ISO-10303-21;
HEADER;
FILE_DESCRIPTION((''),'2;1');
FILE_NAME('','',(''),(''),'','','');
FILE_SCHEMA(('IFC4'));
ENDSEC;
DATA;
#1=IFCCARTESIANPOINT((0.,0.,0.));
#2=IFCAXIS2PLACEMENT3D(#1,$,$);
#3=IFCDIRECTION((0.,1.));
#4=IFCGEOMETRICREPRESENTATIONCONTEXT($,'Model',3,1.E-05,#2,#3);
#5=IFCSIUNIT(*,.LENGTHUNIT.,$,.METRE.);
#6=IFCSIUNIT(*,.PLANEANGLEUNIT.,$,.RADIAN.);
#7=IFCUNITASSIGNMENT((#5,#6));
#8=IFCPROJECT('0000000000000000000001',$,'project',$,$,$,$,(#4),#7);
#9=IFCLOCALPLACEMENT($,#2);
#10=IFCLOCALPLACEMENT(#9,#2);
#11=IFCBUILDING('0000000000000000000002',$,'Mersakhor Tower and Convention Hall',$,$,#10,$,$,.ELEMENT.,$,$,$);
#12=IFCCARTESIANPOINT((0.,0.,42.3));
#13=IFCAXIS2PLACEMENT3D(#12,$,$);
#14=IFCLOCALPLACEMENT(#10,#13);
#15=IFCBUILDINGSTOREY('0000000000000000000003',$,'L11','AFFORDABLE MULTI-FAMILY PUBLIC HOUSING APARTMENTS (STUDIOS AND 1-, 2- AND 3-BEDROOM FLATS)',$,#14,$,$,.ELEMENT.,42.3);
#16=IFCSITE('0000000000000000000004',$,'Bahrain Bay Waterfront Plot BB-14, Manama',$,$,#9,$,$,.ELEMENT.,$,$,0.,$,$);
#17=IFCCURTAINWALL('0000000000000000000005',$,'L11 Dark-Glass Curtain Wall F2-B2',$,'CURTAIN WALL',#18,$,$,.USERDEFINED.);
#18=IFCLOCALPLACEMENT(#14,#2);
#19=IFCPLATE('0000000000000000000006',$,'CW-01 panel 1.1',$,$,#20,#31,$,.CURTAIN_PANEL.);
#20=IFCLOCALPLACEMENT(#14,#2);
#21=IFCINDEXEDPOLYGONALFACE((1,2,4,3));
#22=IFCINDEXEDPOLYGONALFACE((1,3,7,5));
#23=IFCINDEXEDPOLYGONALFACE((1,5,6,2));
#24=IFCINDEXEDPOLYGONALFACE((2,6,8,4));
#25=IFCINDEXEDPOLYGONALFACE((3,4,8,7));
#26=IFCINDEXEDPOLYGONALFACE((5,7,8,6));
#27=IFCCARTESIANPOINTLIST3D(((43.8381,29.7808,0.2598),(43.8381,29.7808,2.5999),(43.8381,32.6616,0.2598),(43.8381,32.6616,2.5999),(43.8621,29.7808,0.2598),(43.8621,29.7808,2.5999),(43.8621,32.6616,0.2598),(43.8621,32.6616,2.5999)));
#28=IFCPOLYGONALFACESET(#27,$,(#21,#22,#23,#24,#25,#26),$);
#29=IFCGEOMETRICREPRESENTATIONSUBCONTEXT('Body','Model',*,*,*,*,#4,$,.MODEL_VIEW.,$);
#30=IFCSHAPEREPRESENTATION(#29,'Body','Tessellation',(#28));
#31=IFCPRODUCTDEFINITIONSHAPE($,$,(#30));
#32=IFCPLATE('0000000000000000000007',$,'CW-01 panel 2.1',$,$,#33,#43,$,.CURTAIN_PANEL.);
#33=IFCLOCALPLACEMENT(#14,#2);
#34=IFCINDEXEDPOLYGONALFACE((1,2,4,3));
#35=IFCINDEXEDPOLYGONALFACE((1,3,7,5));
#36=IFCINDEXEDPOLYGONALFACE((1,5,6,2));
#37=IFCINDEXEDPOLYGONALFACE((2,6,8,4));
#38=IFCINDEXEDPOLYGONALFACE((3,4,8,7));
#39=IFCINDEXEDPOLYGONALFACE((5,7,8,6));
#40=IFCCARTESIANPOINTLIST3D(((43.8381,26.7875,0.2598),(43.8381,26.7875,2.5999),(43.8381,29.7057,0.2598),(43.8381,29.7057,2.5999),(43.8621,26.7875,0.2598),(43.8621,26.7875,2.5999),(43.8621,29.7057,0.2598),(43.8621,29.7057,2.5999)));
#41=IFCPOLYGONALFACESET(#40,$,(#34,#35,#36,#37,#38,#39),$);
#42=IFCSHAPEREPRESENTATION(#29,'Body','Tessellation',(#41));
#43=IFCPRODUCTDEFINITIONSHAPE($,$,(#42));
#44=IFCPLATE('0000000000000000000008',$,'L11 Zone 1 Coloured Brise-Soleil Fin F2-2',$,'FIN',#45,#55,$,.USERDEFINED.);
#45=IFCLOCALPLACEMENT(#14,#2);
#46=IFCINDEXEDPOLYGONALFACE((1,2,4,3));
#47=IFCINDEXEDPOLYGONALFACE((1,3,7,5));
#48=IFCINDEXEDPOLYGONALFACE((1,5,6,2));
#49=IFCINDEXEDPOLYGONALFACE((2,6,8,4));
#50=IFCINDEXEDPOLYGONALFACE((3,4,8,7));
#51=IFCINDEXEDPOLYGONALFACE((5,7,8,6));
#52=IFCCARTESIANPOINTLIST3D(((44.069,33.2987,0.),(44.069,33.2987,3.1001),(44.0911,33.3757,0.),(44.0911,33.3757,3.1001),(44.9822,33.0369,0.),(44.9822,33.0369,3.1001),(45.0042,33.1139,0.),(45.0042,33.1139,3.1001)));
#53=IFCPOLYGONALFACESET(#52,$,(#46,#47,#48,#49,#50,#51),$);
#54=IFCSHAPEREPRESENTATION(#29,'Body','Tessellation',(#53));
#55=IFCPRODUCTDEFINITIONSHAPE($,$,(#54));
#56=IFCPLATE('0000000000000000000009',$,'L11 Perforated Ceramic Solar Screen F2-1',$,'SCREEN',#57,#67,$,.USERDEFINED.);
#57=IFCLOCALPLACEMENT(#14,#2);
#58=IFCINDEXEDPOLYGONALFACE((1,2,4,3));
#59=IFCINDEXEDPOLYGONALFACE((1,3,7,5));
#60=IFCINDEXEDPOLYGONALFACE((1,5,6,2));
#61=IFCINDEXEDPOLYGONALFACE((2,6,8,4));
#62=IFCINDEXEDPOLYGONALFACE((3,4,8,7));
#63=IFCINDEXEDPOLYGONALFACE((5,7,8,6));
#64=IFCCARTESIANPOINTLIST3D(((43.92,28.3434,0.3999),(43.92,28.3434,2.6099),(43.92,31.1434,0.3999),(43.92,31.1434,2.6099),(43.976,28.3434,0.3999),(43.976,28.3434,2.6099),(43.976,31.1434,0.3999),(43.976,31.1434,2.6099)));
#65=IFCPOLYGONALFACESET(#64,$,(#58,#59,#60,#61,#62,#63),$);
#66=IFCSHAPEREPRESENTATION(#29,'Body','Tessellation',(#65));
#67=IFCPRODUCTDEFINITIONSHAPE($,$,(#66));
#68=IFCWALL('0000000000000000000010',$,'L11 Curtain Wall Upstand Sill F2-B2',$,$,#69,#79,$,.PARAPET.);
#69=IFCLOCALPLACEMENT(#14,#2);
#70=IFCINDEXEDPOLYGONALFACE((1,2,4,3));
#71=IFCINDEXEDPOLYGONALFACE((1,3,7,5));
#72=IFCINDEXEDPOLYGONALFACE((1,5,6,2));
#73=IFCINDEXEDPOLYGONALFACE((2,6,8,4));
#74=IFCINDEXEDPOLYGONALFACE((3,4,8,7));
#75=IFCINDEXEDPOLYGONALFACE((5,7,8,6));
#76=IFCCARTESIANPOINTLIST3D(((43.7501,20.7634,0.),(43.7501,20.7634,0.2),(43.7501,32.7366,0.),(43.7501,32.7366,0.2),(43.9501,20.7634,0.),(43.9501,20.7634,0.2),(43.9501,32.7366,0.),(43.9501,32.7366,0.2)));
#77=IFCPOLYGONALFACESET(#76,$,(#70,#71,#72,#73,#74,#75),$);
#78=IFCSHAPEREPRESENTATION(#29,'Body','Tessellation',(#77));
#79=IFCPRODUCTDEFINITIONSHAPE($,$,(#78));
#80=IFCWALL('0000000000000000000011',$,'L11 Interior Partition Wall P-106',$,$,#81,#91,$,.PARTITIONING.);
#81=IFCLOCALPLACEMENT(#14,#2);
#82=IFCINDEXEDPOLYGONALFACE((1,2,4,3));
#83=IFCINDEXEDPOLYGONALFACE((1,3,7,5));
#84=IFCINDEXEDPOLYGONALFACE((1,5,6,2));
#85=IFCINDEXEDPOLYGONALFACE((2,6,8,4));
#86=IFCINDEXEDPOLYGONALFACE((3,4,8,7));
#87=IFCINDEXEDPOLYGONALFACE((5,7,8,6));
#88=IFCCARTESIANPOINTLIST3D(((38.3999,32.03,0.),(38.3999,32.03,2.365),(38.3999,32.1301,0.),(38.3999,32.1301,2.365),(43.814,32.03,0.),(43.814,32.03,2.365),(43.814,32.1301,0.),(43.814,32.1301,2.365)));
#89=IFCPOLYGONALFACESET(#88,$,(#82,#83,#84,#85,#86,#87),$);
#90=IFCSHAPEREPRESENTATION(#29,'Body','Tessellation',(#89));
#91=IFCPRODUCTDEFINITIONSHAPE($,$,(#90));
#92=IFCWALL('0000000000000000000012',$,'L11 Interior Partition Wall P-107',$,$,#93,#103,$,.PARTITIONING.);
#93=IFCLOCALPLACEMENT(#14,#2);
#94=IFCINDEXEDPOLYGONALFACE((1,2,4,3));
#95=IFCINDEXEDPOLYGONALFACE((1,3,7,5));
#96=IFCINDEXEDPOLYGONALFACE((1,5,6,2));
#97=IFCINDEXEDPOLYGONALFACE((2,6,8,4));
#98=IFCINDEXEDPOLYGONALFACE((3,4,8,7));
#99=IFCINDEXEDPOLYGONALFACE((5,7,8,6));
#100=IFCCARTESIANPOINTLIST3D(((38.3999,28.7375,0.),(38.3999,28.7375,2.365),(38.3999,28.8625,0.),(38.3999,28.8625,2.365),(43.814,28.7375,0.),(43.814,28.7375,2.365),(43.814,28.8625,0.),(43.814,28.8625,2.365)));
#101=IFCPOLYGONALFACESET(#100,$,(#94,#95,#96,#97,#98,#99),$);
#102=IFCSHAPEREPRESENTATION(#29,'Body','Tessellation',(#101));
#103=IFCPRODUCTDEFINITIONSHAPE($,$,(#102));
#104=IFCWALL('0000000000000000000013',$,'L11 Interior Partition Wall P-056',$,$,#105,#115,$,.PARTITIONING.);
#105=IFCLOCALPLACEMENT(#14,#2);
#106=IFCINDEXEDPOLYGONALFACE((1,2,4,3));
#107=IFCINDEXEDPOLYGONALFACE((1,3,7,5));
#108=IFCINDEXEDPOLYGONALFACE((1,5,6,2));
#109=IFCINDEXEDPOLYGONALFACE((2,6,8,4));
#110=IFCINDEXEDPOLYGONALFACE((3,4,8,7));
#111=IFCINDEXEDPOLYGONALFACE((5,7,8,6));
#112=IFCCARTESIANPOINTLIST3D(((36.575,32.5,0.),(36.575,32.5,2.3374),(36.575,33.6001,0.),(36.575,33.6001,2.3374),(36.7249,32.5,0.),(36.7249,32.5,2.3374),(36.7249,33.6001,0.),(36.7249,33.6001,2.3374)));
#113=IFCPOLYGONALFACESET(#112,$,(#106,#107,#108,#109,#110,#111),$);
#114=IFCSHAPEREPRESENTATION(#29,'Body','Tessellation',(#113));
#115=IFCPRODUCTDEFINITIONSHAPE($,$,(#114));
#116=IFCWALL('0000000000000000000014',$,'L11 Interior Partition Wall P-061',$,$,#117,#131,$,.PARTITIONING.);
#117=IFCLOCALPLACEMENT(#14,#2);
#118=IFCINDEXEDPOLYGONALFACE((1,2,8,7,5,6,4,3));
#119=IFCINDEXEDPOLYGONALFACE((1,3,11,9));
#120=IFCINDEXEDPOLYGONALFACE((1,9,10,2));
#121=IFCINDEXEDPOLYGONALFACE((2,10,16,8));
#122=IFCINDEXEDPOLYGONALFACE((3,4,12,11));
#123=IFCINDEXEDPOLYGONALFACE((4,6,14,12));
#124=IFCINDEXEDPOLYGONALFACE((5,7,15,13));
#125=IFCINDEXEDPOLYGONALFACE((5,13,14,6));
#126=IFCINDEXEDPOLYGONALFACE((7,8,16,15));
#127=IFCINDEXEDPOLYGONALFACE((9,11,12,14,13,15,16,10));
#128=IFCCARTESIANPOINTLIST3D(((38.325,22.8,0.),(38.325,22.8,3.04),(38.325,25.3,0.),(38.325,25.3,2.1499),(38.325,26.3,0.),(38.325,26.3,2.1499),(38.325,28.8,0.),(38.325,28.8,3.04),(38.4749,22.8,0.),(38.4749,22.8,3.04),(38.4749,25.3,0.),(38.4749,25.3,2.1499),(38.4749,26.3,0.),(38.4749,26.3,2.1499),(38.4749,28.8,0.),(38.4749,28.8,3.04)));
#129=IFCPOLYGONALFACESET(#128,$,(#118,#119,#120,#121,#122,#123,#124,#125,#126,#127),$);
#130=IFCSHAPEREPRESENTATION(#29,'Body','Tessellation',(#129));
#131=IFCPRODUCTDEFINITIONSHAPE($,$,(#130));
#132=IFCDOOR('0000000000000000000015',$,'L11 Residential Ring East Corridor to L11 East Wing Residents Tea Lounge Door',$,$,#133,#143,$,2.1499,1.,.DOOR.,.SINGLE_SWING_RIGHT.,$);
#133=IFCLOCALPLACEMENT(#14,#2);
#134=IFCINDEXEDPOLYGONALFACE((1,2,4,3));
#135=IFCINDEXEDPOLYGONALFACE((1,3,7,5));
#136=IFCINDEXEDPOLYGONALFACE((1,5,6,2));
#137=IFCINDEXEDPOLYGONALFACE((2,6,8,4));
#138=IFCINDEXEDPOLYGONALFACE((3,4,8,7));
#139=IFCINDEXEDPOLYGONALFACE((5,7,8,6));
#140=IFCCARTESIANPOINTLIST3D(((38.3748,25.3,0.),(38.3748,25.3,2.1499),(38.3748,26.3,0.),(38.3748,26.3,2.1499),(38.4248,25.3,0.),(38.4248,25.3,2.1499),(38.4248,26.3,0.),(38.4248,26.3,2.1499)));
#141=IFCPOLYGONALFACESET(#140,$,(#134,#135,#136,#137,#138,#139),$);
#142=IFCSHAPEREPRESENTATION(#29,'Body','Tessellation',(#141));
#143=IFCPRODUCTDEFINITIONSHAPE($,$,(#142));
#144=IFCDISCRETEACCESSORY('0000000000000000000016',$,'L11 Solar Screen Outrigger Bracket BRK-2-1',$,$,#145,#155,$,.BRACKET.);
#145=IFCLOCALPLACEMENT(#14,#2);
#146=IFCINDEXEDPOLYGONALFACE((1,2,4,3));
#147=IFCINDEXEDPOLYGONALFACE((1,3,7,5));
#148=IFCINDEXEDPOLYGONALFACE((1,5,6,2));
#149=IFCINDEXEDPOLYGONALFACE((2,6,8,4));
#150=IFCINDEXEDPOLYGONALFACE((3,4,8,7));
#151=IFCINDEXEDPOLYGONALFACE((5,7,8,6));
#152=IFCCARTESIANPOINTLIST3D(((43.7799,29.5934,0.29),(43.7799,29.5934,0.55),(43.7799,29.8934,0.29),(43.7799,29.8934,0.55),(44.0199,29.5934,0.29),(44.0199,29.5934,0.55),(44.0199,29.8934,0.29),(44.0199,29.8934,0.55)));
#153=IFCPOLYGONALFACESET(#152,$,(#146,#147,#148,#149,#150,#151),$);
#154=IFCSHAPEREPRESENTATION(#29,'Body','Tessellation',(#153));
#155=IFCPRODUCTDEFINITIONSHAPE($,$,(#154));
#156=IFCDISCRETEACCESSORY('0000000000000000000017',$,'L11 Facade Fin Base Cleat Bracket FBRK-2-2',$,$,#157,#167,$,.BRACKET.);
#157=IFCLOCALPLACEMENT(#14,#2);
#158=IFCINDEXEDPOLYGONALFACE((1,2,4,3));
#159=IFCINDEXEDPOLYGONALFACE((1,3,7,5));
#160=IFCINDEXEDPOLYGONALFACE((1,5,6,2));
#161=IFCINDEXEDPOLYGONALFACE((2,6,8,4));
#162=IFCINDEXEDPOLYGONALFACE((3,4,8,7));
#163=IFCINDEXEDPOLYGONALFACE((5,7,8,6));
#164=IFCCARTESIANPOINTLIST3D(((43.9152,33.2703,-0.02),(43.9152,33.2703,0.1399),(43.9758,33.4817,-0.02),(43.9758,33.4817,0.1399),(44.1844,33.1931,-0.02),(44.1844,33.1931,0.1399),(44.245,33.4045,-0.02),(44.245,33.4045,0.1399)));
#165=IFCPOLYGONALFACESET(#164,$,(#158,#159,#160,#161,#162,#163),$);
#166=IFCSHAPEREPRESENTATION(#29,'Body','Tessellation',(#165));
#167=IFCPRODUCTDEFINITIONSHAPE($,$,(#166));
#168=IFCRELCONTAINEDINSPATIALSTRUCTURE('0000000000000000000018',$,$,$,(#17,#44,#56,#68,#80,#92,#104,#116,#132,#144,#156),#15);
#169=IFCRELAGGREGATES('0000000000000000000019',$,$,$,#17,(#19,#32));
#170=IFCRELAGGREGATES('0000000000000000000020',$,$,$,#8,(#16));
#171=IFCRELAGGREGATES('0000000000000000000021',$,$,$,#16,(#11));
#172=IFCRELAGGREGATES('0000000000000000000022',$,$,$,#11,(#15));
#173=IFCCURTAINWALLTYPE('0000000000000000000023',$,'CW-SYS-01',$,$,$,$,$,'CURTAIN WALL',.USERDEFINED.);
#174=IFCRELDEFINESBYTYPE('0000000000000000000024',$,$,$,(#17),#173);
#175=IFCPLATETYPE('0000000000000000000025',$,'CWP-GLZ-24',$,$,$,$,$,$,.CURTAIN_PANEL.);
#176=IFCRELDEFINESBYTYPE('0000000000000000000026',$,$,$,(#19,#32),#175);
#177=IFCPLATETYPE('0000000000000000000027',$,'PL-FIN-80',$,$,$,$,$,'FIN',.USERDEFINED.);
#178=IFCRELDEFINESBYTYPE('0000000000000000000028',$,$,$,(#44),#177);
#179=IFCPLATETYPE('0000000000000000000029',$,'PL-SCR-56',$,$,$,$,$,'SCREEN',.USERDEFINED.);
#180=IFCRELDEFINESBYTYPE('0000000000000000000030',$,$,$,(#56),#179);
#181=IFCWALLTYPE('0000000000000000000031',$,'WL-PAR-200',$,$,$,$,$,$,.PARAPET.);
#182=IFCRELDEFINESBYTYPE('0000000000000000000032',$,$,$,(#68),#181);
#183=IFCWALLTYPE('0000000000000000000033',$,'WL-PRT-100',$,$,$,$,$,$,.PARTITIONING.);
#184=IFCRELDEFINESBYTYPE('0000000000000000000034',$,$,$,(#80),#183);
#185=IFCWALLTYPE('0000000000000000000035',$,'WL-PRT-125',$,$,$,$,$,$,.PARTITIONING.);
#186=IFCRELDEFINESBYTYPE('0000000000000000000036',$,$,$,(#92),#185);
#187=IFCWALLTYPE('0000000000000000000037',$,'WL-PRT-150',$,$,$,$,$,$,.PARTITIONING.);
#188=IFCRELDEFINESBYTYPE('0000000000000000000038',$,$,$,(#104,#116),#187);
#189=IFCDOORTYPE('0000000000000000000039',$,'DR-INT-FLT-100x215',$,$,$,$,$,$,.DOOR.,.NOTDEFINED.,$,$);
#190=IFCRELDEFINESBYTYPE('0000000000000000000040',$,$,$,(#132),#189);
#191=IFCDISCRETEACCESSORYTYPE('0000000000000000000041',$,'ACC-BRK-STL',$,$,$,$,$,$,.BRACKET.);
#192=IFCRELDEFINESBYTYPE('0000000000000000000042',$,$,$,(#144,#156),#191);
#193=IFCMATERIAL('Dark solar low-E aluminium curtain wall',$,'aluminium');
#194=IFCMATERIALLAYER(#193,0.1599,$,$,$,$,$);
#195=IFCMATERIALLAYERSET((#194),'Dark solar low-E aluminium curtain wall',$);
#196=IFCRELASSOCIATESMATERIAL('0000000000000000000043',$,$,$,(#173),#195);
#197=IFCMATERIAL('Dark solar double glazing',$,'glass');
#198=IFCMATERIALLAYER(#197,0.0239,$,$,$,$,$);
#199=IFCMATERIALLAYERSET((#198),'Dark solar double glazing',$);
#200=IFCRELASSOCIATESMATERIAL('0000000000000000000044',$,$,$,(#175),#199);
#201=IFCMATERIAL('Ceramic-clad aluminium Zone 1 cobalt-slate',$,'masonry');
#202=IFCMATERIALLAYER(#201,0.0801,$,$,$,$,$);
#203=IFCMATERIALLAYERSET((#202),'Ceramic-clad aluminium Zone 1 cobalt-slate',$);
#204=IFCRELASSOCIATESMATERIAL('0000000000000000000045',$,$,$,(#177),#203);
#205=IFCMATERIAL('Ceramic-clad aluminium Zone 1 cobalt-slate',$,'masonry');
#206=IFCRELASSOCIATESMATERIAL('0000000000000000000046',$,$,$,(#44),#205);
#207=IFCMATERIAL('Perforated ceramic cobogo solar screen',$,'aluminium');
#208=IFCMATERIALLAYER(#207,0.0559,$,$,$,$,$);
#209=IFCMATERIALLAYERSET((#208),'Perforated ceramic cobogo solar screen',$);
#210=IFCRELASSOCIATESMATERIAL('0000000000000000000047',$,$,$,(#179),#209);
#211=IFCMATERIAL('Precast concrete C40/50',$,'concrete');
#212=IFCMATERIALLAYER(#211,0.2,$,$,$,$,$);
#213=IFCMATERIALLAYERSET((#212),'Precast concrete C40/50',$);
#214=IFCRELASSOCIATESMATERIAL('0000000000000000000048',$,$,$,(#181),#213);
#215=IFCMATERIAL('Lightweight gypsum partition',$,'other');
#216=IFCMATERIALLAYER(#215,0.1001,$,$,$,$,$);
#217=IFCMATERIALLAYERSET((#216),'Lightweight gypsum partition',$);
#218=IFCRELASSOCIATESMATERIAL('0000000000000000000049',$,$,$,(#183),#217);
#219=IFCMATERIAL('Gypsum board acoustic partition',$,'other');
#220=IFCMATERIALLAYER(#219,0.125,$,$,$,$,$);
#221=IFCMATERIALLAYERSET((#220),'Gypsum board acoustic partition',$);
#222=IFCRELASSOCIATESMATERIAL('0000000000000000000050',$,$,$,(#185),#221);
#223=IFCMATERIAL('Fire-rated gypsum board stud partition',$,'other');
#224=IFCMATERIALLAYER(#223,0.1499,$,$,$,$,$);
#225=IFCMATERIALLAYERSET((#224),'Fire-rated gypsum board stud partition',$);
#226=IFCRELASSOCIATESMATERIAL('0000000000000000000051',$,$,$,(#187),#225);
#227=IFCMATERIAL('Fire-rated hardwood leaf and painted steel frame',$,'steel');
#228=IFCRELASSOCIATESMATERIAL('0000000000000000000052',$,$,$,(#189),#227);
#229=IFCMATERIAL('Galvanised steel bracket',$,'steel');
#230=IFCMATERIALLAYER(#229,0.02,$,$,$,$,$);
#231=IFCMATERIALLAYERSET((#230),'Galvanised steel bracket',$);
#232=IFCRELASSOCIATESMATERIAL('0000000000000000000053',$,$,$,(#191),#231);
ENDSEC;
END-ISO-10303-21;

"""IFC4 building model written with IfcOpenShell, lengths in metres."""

from ifc_helpers import new_model, si_unit, direction, frame, frame_2d, origin, origin_2d, place, context, subcontext, project, spatial, rectangle, extrude, material, layer, layer_set, type_object, element, fill, aggregate, save


model = new_model("IFC4")

# Units and contexts
model_context = context("Model", 3, precision=1e-05, world=origin(), true_north=direction((0.0, 1.0)))
body_context = subcontext(model_context, "Body", "Model", "MODEL_VIEW")
ifc_project = project(units=[si_unit("LENGTHUNIT", "METRE"), si_unit("PLANEANGLEUNIT", "RADIAN")], contexts=[model_context])

# Site, building, storey
site_placement = place(None, origin())
site = spatial("IfcSite", under=ifc_project, at=site_placement, Name="Bahrain Bay Waterfront Plot BB-14, Manama", CompositionType="ELEMENT", RefElevation=0.0)
building_placement = place(site_placement, origin())
building = spatial("IfcBuilding", under=site, at=building_placement, Name="Mersakhor Tower and Convention Hall", CompositionType="ELEMENT")
storey_placement = place(building_placement, frame((0.0, 0.0, 42.3)))
storey = spatial("IfcBuildingStorey", under=building, at=storey_placement, Name="L11", Description="AFFORDABLE MULTI-FAMILY PUBLIC HOUSING APARTMENTS (STUDIOS AND 1-, 2- AND 3-BEDROOM FLATS)", CompositionType="ELEMENT", Elevation=42.3)

# Curtain wall, plates
ifc_material_1 = material(Name="Dark solar low-E aluminium curtain wall", Category="aluminium")
ifc_layer_1 = layer(ifc_material_1, 0.1599)
ifc_layer_set_1 = layer_set([ifc_layer_1], Name="Dark solar low-E aluminium curtain wall")
curtain_wall_type = type_object("IfcCurtainWallType", Name="CW-SYS-01", ElementType="CURTAIN WALL", PredefinedType="USERDEFINED", material=ifc_layer_set_1)
curtain_wall_placement = place(storey_placement, origin())
curtain_wall = element("IfcCurtainWall", 1, at=curtain_wall_placement, inside=storey, type_object=curtain_wall_type, Name="L11 Dark-Glass Curtain Wall F2-B2", ObjectType="CURTAIN WALL", PredefinedType="USERDEFINED")
ifc_material_2 = material(Name="Dark solar double glazing", Category="glass")
ifc_layer_2 = layer(ifc_material_2, 0.0239)
ifc_layer_set_2 = layer_set([ifc_layer_2], Name="Dark solar double glazing")
plate_type_1 = type_object("IfcPlateType", Name="CWP-GLZ-24", PredefinedType="CURTAIN_PANEL", material=ifc_layer_set_2)
plate_1_placement = place(storey_placement, frame((43.8501, 31.2212, 0.2598), z_axis=(0.0, 0.0, 1.0), x_axis=(0.0, -1.0, 0.0)))
plate_1 = element("IfcPlate", 2, at=plate_1_placement, type_object=plate_type_1, Name="CW-01 panel 1.1", PredefinedType="CURTAIN_PANEL", context=body_context, shape_type="SweptSolid", body=[
    extrude(rectangle(XDim=2.8809, YDim=0.0239, at=origin_2d()), origin(), (0.0, 0.0, 1.0), 2.3401),
])
plate_2_placement = place(storey_placement, frame((43.8501, 28.2466, 0.2598), z_axis=(0.0, 0.0, 1.0), x_axis=(0.0, -1.0, 0.0)))
plate_2 = element("IfcPlate", 3, at=plate_2_placement, type_object=plate_type_1, Name="CW-01 panel 2.1", PredefinedType="CURTAIN_PANEL", context=body_context, shape_type="SweptSolid", body=[
    extrude(rectangle(XDim=2.9182, YDim=0.0239, at=origin_2d()), origin(), (0.0, 0.0, 1.0), 2.3401),
])
aggregate(curtain_wall, [plate_1, plate_2])

# Plates
ifc_material_3 = material(Name="Ceramic-clad aluminium Zone 1 cobalt-slate", Category="masonry")
ifc_material_4 = material(Name="Ceramic-clad aluminium Zone 1 cobalt-slate", Category="masonry")
ifc_layer_3 = layer(ifc_material_4, 0.0801)
ifc_layer_set_3 = layer_set([ifc_layer_3], Name="Ceramic-clad aluminium Zone 1 cobalt-slate")
plate_type_2 = type_object("IfcPlateType", Name="PL-FIN-80", ElementType="FIN", PredefinedType="USERDEFINED", material=ifc_layer_set_3)
plate_3_placement = place(storey_placement, frame((44.5366, 33.2063, 0.0), z_axis=(0.0, 0.0, 1.0), x_axis=(0.961262, -0.275637, 0.0)))
element("IfcPlate", 4, at=plate_3_placement, inside=storey, type_object=plate_type_2, material=ifc_material_3, Name="L11 Zone 1 Coloured Brise-Soleil Fin F2-2", ObjectType="FIN", PredefinedType="USERDEFINED", context=body_context, shape_type="SweptSolid", body=[
    extrude(rectangle(XDim=0.95, YDim=0.0801, at=origin_2d()), origin(), (0.0, 0.0, 1.0), 3.1001),
])
ifc_material_5 = material(Name="Perforated ceramic cobogo solar screen", Category="aluminium")
ifc_layer_4 = layer(ifc_material_5, 0.0559)
ifc_layer_set_4 = layer_set([ifc_layer_4], Name="Perforated ceramic cobogo solar screen")
plate_type_3 = type_object("IfcPlateType", Name="PL-SCR-56", ElementType="SCREEN", PredefinedType="USERDEFINED", material=ifc_layer_set_4)
plate_4_placement = place(storey_placement, frame((43.948, 29.7434, 0.3999), z_axis=(0.0, 0.0, 1.0), x_axis=(0.0, -1.0, 0.0)))
element("IfcPlate", 5, at=plate_4_placement, inside=storey, type_object=plate_type_3, Name="L11 Perforated Ceramic Solar Screen F2-1", ObjectType="SCREEN", PredefinedType="USERDEFINED", context=body_context, shape_type="SweptSolid", body=[
    extrude(rectangle(XDim=2.8, YDim=0.0559, at=origin_2d()), origin(), (0.0, 0.0, 1.0), 2.21),
])

# Walls
ifc_material_6 = material(Name="Precast concrete C40/50", Category="concrete")
ifc_layer_5 = layer(ifc_material_6, 0.2)
ifc_layer_set_5 = layer_set([ifc_layer_5], Name="Precast concrete C40/50")
wall_type_1 = type_object("IfcWallType", Name="WL-PAR-200", PredefinedType="PARAPET", material=ifc_layer_set_5)
wall_1_placement = place(storey_placement, frame((43.8501, 32.7366, 0.0), z_axis=(0.0, 0.0, 1.0), x_axis=(0.0, -1.0, 0.0)))
element("IfcWall", 6, at=wall_1_placement, inside=storey, type_object=wall_type_1, Name="L11 Curtain Wall Upstand Sill F2-B2", PredefinedType="PARAPET", context=body_context, shape_type="SweptSolid", body=[
    extrude(rectangle(XDim=11.9731, YDim=0.2, at=frame_2d((5.9866, 0.0))), origin(), (0.0, 0.0, 1.0), 0.2),
])
ifc_material_7 = material(Name="Lightweight gypsum partition", Category="other")
ifc_layer_6 = layer(ifc_material_7, 0.1001)
ifc_layer_set_6 = layer_set([ifc_layer_6], Name="Lightweight gypsum partition")
wall_type_2 = type_object("IfcWallType", Name="WL-PRT-100", PredefinedType="PARTITIONING", material=ifc_layer_set_6)
wall_2_placement = place(storey_placement, frame((38.3999, 32.0801, 0.0), z_axis=(0.0, 0.0, 1.0), x_axis=(1.0, 0.0, 0.0)))
element("IfcWall", 7, at=wall_2_placement, inside=storey, type_object=wall_type_2, Name="L11 Interior Partition Wall P-106", PredefinedType="PARTITIONING", context=body_context, shape_type="SweptSolid", body=[
    extrude(rectangle(XDim=5.4141, YDim=0.1001, at=frame_2d((2.707, 0.0))), origin(), (0.0, 0.0, 1.0), 2.365),
])
ifc_material_8 = material(Name="Gypsum board acoustic partition", Category="other")
ifc_layer_7 = layer(ifc_material_8, 0.125)
ifc_layer_set_7 = layer_set([ifc_layer_7], Name="Gypsum board acoustic partition")
wall_type_3 = type_object("IfcWallType", Name="WL-PRT-125", PredefinedType="PARTITIONING", material=ifc_layer_set_7)
wall_3_placement = place(storey_placement, frame((43.814, 28.8, 0.0), z_axis=(0.0, 0.0, 1.0), x_axis=(-1.0, 0.0, 0.0)))
element("IfcWall", 8, at=wall_3_placement, inside=storey, type_object=wall_type_3, Name="L11 Interior Partition Wall P-107", PredefinedType="PARTITIONING", context=body_context, shape_type="SweptSolid", body=[
    extrude(rectangle(XDim=5.4141, YDim=0.125, at=frame_2d((2.707, 0.0))), origin(), (0.0, 0.0, 1.0), 2.365),
])
ifc_material_9 = material(Name="Fire-rated gypsum board stud partition", Category="other")
ifc_layer_8 = layer(ifc_material_9, 0.1499)
ifc_layer_set_8 = layer_set([ifc_layer_8], Name="Fire-rated gypsum board stud partition")
wall_type_4 = type_object("IfcWallType", Name="WL-PRT-150", PredefinedType="PARTITIONING", material=ifc_layer_set_8)
wall_4_placement = place(storey_placement, frame((36.6499, 32.5, 0.0), z_axis=(0.0, 0.0, 1.0), x_axis=(0.0, 1.0, 0.0)))
element("IfcWall", 9, at=wall_4_placement, inside=storey, type_object=wall_type_4, Name="L11 Interior Partition Wall P-056", PredefinedType="PARTITIONING", context=body_context, shape_type="SweptSolid", body=[
    extrude(rectangle(XDim=1.1001, YDim=0.1499, at=frame_2d((0.55, 0.0))), origin(), (0.0, 0.0, 1.0), 2.3374),
])

# Wall, opening, door
ifc_material_10 = material(Name="Fire-rated hardwood leaf and painted steel frame", Category="steel")
door_type = type_object("IfcDoorType", Name="DR-INT-FLT-100x215", OperationType="NOTDEFINED", PredefinedType="DOOR", material=ifc_material_10)
wall_5_placement = place(storey_placement, frame((38.3999, 28.8, 0.0), z_axis=(0.0, 0.0, 1.0), x_axis=(0.0, -1.0, 0.0)))
wall_5 = element("IfcWall", 10, at=wall_5_placement, inside=storey, type_object=wall_type_4, Name="L11 Interior Partition Wall P-061", PredefinedType="PARTITIONING", context=body_context, shape_type="SweptSolid", body=[
    extrude(rectangle(XDim=6.0, YDim=0.1499, at=frame_2d((3.0, 0.0))), origin(), (0.0, 0.0, 1.0), 3.04),
])
opening_1_placement = place(wall_5_placement, frame((2.5, 0.0, 0.0)))
opening_1 = element("IfcOpeningElement", 11, at=opening_1_placement, cuts=wall_5, PredefinedType="OPENING", context=body_context, shape_type="SweptSolid", body=[
    extrude(rectangle(XDim=1.0, YDim=2.1499, at=frame_2d((0.5, 1.075))), frame((0.0, 0.085, 0.0), z_axis=(0.0, -1.0, 0.0), x_axis=(1.0, 0.0, 0.0)), (0.0, 0.0, 1.0), 0.1699),
])
door_1_placement = place(opening_1_placement, origin())
door_1 = element("IfcDoor", 12, at=door_1_placement, inside=storey, type_object=door_type, Name="L11 Residential Ring East Corridor to L11 East Wing Residents Tea Lounge Door", OperationType="SINGLE_SWING_RIGHT", OverallHeight=2.1499, OverallWidth=1.0, PredefinedType="DOOR", context=body_context, shape_type="SweptSolid", body=[
    extrude(rectangle(XDim=1.0, YDim=2.1499, at=frame_2d((0.5, 1.075))), frame((0.0, 0.0249, 0.0), z_axis=(0.0, -1.0, 0.0), x_axis=(1.0, 0.0, 0.0)), (0.0, 0.0, 1.0), 0.05),
])
fill(opening_1, door_1)

# Discrete accessories
ifc_material_11 = material(Name="Galvanised steel bracket", Category="steel")
ifc_layer_9 = layer(ifc_material_11, 0.02)
ifc_layer_set_9 = layer_set([ifc_layer_9], Name="Galvanised steel bracket")
discrete_accessory_type = type_object("IfcDiscreteAccessoryType", Name="ACC-BRK-STL", PredefinedType="BRACKET", material=ifc_layer_set_9)
discrete_accessory_1_placement = place(storey_placement, frame((43.8999, 29.7434, 0.29), z_axis=(0.0, 0.0, 1.0), x_axis=(0.0, -1.0, 0.0)))
element("IfcDiscreteAccessory", 13, at=discrete_accessory_1_placement, inside=storey, type_object=discrete_accessory_type, Name="L11 Solar Screen Outrigger Bracket BRK-2-1", PredefinedType="BRACKET", context=body_context, shape_type="SweptSolid", body=[
    extrude(rectangle(XDim=0.3, YDim=0.24, at=origin_2d()), origin(), (0.0, 0.0, 1.0), 0.26),
])
discrete_accessory_2_placement = place(storey_placement, frame((44.0801, 33.3374, -0.02), z_axis=(0.0, 0.0, 1.0), x_axis=(0.961262, -0.275637, 0.0)))
element("IfcDiscreteAccessory", 14, at=discrete_accessory_2_placement, inside=storey, type_object=discrete_accessory_type, Name="L11 Facade Fin Base Cleat Bracket FBRK-2-2", PredefinedType="BRACKET", context=body_context, shape_type="SweptSolid", body=[
    extrude(rectangle(XDim=0.28, YDim=0.22, at=origin_2d()), origin(), (0.0, 0.0, 1.0), 0.1599),
])

save(model, "model.ifc")
